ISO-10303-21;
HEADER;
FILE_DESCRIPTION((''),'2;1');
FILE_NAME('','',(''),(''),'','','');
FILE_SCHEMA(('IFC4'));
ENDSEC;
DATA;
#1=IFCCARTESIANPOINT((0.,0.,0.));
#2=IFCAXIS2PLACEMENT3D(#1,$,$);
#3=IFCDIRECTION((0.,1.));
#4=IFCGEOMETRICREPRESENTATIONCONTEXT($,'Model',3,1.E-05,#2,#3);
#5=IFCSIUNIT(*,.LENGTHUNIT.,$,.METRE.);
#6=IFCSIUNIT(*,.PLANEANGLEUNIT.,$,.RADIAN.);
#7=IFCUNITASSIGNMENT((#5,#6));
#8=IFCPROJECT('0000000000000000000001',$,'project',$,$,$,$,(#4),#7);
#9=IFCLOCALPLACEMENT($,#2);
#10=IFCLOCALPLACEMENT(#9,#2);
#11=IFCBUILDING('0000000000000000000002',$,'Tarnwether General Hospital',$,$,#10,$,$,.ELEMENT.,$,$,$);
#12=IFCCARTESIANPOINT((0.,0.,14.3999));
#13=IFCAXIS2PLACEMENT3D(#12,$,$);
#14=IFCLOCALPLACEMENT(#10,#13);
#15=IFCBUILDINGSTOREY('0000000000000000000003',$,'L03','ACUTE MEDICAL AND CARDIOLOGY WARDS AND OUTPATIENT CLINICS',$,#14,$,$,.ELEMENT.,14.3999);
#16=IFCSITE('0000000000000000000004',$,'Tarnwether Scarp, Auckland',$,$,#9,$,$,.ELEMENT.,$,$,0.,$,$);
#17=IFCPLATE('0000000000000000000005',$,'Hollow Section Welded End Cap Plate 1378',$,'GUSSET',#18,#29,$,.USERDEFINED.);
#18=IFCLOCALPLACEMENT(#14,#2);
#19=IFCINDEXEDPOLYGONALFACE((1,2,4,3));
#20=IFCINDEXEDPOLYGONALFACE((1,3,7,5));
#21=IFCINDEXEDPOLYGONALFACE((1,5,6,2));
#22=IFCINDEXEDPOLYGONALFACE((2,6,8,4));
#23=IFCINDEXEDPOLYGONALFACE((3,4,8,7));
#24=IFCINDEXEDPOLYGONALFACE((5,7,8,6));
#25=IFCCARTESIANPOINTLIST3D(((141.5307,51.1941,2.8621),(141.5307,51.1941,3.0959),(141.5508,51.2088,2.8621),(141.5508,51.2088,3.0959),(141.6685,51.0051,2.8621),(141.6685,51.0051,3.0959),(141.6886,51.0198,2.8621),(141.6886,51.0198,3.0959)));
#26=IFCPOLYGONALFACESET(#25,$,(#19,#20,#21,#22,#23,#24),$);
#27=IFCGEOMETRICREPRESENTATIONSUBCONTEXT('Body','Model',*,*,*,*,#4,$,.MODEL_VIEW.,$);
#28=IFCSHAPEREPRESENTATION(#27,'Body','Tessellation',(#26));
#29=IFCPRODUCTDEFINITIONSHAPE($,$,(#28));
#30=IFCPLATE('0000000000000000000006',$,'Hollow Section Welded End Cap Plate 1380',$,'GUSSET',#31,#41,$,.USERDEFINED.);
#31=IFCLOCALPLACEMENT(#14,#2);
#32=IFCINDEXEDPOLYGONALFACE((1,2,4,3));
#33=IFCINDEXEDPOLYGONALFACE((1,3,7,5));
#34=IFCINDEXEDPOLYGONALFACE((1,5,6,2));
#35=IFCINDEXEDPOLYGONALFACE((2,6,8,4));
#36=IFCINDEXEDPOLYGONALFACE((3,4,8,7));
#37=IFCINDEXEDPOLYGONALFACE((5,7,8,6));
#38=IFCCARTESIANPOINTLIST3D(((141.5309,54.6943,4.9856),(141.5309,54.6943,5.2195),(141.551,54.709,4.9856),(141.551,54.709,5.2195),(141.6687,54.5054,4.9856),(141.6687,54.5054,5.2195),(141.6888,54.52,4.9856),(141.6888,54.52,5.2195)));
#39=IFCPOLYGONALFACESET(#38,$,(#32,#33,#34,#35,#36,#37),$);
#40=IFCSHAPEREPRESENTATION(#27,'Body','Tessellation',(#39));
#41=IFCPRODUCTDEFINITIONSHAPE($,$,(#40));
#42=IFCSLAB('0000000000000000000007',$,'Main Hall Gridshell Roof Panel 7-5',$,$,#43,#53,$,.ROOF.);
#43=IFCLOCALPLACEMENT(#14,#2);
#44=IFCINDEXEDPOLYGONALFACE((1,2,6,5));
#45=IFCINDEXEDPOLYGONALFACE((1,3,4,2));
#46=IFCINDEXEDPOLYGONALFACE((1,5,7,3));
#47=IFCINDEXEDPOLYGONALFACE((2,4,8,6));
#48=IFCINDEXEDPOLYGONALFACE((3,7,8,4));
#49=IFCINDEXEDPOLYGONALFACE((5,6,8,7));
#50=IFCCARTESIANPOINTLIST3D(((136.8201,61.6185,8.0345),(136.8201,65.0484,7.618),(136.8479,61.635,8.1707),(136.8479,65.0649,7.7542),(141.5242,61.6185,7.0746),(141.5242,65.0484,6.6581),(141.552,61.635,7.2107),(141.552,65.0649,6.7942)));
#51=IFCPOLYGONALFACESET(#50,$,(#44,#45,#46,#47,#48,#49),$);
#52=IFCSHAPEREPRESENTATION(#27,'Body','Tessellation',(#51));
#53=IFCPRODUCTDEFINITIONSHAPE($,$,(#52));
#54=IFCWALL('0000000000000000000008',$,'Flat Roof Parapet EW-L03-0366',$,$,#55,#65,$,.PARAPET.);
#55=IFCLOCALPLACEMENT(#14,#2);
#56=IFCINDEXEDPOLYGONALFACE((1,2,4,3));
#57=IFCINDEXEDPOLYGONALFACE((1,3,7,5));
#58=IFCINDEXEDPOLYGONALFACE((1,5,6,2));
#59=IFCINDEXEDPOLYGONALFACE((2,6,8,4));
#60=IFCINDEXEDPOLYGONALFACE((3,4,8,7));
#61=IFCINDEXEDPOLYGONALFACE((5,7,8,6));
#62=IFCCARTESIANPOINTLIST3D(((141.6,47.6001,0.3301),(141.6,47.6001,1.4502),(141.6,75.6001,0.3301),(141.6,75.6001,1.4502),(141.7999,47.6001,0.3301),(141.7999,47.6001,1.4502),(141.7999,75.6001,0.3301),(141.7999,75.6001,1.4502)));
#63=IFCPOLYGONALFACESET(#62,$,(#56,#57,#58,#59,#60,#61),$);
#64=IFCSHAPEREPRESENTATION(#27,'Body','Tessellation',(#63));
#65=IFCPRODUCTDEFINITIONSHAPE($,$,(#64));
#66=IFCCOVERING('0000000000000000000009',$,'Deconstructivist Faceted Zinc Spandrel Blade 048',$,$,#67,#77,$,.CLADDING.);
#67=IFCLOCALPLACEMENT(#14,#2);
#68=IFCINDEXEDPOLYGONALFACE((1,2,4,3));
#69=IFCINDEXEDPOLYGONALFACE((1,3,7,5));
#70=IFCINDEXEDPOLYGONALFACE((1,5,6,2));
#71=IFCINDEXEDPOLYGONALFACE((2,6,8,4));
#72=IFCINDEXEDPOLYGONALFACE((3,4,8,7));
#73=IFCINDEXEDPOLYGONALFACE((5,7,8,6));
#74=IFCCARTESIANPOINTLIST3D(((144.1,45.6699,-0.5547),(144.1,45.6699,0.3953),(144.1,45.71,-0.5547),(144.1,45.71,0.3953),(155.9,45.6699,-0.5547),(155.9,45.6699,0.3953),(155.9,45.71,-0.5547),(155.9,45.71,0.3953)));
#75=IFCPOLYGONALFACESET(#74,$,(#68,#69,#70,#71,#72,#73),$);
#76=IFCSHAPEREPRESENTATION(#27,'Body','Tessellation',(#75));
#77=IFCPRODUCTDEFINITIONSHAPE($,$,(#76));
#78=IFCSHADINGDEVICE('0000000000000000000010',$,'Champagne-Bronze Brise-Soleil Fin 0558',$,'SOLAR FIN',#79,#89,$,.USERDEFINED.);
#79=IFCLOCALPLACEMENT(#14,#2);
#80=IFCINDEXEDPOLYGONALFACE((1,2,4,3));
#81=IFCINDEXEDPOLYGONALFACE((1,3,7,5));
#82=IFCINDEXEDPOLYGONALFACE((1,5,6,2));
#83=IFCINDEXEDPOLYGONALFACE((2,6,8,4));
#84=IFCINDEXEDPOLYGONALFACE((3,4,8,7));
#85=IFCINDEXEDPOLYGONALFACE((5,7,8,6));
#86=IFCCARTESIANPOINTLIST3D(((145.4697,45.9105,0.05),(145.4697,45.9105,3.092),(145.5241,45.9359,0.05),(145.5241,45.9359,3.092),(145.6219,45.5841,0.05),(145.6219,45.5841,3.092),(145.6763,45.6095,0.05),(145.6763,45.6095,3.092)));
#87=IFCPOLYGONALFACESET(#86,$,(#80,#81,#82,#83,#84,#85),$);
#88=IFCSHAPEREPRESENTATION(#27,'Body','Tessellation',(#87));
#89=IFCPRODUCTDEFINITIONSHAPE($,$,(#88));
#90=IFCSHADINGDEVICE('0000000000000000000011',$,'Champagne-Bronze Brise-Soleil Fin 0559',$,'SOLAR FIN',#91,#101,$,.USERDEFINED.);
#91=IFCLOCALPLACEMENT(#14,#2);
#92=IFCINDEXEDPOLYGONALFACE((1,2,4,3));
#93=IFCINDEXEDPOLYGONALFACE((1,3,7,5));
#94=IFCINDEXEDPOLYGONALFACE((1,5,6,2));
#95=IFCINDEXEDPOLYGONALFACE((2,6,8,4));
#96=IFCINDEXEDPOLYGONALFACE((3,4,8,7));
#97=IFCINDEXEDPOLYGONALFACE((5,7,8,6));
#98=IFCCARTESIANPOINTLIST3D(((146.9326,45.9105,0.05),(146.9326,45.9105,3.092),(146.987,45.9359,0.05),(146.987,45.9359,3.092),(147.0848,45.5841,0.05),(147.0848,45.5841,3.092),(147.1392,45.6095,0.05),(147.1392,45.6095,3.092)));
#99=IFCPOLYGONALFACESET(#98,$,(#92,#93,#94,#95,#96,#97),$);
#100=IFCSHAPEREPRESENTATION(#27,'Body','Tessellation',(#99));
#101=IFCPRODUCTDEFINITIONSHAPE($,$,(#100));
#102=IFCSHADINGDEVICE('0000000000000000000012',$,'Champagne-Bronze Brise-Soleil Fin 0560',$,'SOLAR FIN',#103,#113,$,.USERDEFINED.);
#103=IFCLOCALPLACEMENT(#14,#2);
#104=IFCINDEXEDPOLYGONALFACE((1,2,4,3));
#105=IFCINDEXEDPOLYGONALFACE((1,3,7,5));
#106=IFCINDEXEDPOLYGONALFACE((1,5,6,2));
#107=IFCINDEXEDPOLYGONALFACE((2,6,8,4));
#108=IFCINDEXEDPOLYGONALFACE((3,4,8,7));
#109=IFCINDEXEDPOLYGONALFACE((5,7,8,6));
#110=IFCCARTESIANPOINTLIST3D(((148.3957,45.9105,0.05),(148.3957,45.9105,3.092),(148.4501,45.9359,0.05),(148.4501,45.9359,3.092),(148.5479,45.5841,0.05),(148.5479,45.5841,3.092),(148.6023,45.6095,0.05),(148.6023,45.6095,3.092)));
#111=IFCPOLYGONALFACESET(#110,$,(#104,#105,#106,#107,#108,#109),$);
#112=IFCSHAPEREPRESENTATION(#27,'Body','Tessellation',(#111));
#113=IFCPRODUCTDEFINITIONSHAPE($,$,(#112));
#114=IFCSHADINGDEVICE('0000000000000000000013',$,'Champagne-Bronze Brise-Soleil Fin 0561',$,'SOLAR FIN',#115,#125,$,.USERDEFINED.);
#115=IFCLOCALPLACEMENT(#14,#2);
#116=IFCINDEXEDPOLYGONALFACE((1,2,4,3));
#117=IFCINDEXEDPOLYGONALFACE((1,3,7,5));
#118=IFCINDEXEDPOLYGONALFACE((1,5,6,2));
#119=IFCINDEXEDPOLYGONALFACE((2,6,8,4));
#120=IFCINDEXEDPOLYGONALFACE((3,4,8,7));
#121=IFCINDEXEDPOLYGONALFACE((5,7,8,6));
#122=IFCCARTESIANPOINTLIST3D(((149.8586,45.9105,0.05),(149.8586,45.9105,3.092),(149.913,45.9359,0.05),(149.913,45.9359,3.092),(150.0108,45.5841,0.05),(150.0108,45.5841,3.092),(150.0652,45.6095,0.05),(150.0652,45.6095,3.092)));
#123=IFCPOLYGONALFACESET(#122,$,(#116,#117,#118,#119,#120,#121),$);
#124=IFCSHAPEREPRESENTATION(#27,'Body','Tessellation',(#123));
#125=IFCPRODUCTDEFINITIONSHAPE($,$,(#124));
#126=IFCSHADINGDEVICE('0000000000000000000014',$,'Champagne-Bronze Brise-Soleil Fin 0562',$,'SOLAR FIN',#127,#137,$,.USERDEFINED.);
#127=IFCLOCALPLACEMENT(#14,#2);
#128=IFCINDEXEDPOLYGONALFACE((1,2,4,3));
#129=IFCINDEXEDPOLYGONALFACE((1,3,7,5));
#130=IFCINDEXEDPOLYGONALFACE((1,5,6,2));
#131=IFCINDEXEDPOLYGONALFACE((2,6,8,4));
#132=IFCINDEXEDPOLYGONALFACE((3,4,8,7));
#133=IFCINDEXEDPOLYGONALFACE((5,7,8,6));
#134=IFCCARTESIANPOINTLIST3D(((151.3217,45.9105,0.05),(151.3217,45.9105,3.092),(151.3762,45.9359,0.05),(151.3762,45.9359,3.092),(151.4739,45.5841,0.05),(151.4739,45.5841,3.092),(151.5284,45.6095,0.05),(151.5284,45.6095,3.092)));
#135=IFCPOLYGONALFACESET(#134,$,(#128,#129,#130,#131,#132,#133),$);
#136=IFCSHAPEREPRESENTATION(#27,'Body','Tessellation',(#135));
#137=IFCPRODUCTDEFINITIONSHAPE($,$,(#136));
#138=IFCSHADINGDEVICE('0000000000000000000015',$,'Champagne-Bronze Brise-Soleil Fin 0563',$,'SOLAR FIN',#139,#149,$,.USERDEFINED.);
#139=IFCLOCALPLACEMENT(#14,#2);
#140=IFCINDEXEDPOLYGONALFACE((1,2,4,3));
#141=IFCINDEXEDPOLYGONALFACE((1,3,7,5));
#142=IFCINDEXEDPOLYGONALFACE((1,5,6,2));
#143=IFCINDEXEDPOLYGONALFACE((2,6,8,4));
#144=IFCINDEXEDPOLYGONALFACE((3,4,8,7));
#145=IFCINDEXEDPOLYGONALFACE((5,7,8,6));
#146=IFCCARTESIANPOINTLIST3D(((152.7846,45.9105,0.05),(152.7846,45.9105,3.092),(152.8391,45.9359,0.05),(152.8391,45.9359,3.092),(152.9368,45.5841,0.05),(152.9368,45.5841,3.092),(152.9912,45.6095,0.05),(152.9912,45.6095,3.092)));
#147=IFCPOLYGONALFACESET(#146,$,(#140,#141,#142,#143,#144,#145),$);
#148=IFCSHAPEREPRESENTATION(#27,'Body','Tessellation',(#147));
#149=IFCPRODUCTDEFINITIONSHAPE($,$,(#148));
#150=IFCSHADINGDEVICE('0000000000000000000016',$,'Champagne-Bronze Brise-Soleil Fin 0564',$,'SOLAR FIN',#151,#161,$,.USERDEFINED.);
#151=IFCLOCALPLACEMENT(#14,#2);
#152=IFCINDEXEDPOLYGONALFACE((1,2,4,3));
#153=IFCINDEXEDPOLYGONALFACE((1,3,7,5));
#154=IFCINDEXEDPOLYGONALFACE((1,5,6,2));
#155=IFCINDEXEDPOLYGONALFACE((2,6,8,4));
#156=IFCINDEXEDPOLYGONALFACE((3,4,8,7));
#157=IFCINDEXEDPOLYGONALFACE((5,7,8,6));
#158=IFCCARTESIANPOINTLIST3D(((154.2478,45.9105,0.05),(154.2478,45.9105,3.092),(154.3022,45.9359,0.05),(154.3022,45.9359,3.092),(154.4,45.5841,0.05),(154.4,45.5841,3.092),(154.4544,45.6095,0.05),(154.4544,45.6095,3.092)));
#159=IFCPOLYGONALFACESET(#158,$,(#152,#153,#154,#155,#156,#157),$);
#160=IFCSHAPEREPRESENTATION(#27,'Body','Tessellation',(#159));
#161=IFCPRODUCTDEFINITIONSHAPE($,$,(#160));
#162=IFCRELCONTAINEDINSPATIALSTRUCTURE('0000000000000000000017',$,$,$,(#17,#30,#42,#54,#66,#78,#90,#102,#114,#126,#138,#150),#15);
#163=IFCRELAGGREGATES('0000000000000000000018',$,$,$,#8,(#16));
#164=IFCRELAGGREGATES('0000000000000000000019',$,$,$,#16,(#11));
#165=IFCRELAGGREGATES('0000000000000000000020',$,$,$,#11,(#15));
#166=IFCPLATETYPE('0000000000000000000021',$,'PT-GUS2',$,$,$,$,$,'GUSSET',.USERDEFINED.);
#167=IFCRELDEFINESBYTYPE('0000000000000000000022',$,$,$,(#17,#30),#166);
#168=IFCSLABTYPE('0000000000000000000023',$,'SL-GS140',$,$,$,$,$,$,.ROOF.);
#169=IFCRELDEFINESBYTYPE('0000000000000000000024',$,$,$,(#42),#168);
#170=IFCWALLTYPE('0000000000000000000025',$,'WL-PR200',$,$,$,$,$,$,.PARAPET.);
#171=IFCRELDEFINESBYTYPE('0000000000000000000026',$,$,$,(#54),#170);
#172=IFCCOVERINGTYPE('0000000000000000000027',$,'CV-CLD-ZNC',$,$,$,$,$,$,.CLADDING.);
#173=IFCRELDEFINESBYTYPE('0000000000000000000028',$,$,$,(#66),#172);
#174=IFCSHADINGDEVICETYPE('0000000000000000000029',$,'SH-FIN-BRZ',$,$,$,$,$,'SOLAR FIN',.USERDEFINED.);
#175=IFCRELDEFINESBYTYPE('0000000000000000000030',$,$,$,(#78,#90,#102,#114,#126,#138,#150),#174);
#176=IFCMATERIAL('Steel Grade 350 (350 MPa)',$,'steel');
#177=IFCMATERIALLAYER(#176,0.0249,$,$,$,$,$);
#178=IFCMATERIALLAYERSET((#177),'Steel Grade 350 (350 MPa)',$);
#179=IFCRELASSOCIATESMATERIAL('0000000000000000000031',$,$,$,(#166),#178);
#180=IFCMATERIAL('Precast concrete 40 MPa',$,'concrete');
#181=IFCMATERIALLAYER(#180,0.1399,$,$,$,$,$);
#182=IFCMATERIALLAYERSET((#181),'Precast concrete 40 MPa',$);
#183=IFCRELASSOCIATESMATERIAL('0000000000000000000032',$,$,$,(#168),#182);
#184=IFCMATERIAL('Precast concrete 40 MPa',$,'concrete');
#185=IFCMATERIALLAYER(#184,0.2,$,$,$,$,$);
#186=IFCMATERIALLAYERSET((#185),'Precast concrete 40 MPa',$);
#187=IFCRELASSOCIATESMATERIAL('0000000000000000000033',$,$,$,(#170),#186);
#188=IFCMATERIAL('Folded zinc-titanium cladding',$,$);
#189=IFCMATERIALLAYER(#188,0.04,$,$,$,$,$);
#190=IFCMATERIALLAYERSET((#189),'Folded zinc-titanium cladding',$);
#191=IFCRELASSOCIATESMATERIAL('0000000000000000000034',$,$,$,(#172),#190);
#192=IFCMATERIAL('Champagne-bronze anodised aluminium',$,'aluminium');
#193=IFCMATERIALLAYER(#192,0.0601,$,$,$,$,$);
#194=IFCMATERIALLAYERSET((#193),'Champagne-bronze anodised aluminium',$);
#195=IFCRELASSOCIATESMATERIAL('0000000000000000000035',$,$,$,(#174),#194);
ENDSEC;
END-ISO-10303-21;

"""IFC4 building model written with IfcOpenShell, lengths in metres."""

from ifc_helpers import new_model, si_unit, direction, frame, frame_2d, origin, origin_2d, place, context, subcontext, project, spatial, polyline, rectangle, outline, extrude, material, layer, layer_set, type_object, element, save


model = new_model("IFC4")

# Units and contexts
model_context = context("Model", 3, precision=1e-05, world=origin(), true_north=direction((0.0, 1.0)))
body_context = subcontext(model_context, "Body", "Model", "MODEL_VIEW")
ifc_project = project(units=[si_unit("LENGTHUNIT", "METRE"), si_unit("PLANEANGLEUNIT", "RADIAN")], contexts=[model_context])

# Site, building, storey
site_placement = place(None, origin())
site = spatial("IfcSite", under=ifc_project, at=site_placement, Name="Tarnwether Scarp, Auckland", CompositionType="ELEMENT", RefElevation=0.0)
building_placement = place(site_placement, origin())
building = spatial("IfcBuilding", under=site, at=building_placement, Name="Tarnwether General Hospital", CompositionType="ELEMENT")
storey_placement = place(building_placement, frame((0.0, 0.0, 14.3999)))
storey = spatial("IfcBuildingStorey", under=building, at=storey_placement, Name="L03", Description="ACUTE MEDICAL AND CARDIOLOGY WARDS AND OUTPATIENT CLINICS", CompositionType="ELEMENT", Elevation=14.3999)

# Plates
ifc_material_1 = material(Name="Steel Grade 350 (350 MPa)", Category="steel")
ifc_layer_1 = layer(ifc_material_1, 0.0249)
ifc_layer_set_1 = layer_set([ifc_layer_1], Name="Steel Grade 350 (350 MPa)")
plate_type_1 = type_object("IfcPlateType", Name="PT-GUS2", ElementType="GUSSET", PredefinedType="USERDEFINED", material=ifc_layer_set_1)
for number, where, z_axis, x_axis, name in (
    (1, (141.6096, 51.1069, 2.8621), (0.0, 0.0, 1.0), (0.80801, 0.589168, 0.0), "Hollow Section Welded End Cap Plate 1378"),
    (2, (141.6099, 54.6072, 4.9856), (0.0, 0.0, 1.0), (0.80801, 0.589168, 0.0), "Hollow Section Welded End Cap Plate 1380"),
):
    element("IfcPlate", number, at=place(storey_placement, frame(where, z_axis=z_axis, x_axis=x_axis)), inside=storey, type_object=plate_type_1, Name=name, ObjectType="GUSSET", PredefinedType="USERDEFINED", context=body_context, shape_type="SweptSolid", body=[
        extrude(rectangle(XDim=0.0249, YDim=0.2339, at=origin_2d()), origin(), (0.0, 0.0, 1.0), 0.2339),
    ])

# Slab
ifc_material_2 = material(Name="Precast concrete 40 MPa", Category="concrete")
ifc_layer_2 = layer(ifc_material_2, 0.1399)
ifc_layer_set_2 = layer_set([ifc_layer_2], Name="Precast concrete 40 MPa")
slab_type = type_object("IfcSlabType", Name="SL-GS140", PredefinedType="ROOF", material=ifc_layer_set_2)
slab_placement = place(storey_placement, frame((136.8479, 61.635, 8.1707), z_axis=(0.198548, 0.118147, 0.972944), x_axis=(0.979806, 0.0, -0.199948)))
element("IfcSlab", 3, at=slab_placement, inside=storey, type_object=slab_type, Name="Main Hall Gridshell Roof Panel 7-5", PredefinedType="ROOF", context=body_context, shape_type="SweptSolid", body=[
    extrude(outline(polyline([(0.0, 0.0), (4.8011, 0.0), (4.8843, 3.4541), (0.0833, 3.4541), (0.0, 0.0)])), origin(), (0.0, 0.0, -1.0), 0.1399),
])

# Wall
ifc_material_3 = material(Name="Precast concrete 40 MPa", Category="concrete")
ifc_layer_3 = layer(ifc_material_3, 0.2)
ifc_layer_set_3 = layer_set([ifc_layer_3], Name="Precast concrete 40 MPa")
wall_type = type_object("IfcWallType", Name="WL-PR200", PredefinedType="PARAPET", material=ifc_layer_set_3)
wall_placement = place(storey_placement, frame((141.7, 47.6001, 0.3301), z_axis=(0.0, 0.0, 1.0), x_axis=(0.0, 1.0, 0.0)))
element("IfcWall", 4, at=wall_placement, inside=storey, type_object=wall_type, Name="Flat Roof Parapet EW-L03-0366", PredefinedType="PARAPET", context=body_context, shape_type="SweptSolid", body=[
    extrude(rectangle(XDim=28.0, YDim=0.2, at=frame_2d((14.0, 0.0))), origin(), (0.0, 0.0, 1.0), 1.1201),
])

# Covering
ifc_material_4 = material(Name="Folded zinc-titanium cladding")
ifc_layer_4 = layer(ifc_material_4, 0.04)
ifc_layer_set_4 = layer_set([ifc_layer_4], Name="Folded zinc-titanium cladding")
covering_type = type_object("IfcCoveringType", Name="CV-CLD-ZNC", PredefinedType="CLADDING", material=ifc_layer_set_4)
covering_placement = place(storey_placement, frame((150.0, 45.6899, -0.5547), z_axis=(0.0, 0.0, 1.0), x_axis=(1.0, 0.0, 0.0)))
element("IfcCovering", 5, at=covering_placement, inside=storey, type_object=covering_type, Name="Deconstructivist Faceted Zinc Spandrel Blade 048", PredefinedType="CLADDING", context=body_context, shape_type="SweptSolid", body=[
    extrude(rectangle(XDim=11.8, YDim=0.04, at=origin_2d()), origin(), (0.0, 0.0, 1.0), 0.95),
])

# Shading devices
ifc_material_5 = material(Name="Champagne-bronze anodised aluminium", Category="aluminium")
ifc_layer_5 = layer(ifc_material_5, 0.0601)
ifc_layer_set_5 = layer_set([ifc_layer_5], Name="Champagne-bronze anodised aluminium")
shading_device_type = type_object("IfcShadingDeviceType", Name="SH-FIN-BRZ", ElementType="SOLAR FIN", PredefinedType="USERDEFINED", material=ifc_layer_set_5)
for number, where, z_axis, x_axis, name in (
    (6, (145.573, 45.76, 0.05), (0.0, 0.0, 1.0), (0.906308, 0.422618, 0.0), "Champagne-Bronze Brise-Soleil Fin 0558"),
    (7, (147.0359, 45.76, 0.05), (0.0, 0.0, 1.0), (0.906308, 0.422618, 0.0), "Champagne-Bronze Brise-Soleil Fin 0559"),
    (8, (148.499, 45.76, 0.05), (0.0, 0.0, 1.0), (0.906308, 0.422618, 0.0), "Champagne-Bronze Brise-Soleil Fin 0560"),
    (9, (149.9619, 45.76, 0.05), (0.0, 0.0, 1.0), (0.906308, 0.422618, 0.0), "Champagne-Bronze Brise-Soleil Fin 0561"),
    (10, (151.425, 45.76, 0.05), (0.0, 0.0, 1.0), (0.906308, 0.422618, 0.0), "Champagne-Bronze Brise-Soleil Fin 0562"),
    (11, (152.8879, 45.76, 0.05), (0.0, 0.0, 1.0), (0.906308, 0.422618, 0.0), "Champagne-Bronze Brise-Soleil Fin 0563"),
    (12, (154.3511, 45.76, 0.05), (0.0, 0.0, 1.0), (0.906308, 0.422618, 0.0), "Champagne-Bronze Brise-Soleil Fin 0564"),
):
    element("IfcShadingDevice", number, at=place(storey_placement, frame(where, z_axis=z_axis, x_axis=x_axis)), inside=storey, type_object=shading_device_type, Name=name, ObjectType="SOLAR FIN", PredefinedType="USERDEFINED", context=body_context, shape_type="SweptSolid", body=[
        extrude(rectangle(XDim=0.0601, YDim=0.3601, at=origin_2d()), origin(), (0.0, 0.0, 1.0), 3.042),
    ])

save(model, "model.ifc")
